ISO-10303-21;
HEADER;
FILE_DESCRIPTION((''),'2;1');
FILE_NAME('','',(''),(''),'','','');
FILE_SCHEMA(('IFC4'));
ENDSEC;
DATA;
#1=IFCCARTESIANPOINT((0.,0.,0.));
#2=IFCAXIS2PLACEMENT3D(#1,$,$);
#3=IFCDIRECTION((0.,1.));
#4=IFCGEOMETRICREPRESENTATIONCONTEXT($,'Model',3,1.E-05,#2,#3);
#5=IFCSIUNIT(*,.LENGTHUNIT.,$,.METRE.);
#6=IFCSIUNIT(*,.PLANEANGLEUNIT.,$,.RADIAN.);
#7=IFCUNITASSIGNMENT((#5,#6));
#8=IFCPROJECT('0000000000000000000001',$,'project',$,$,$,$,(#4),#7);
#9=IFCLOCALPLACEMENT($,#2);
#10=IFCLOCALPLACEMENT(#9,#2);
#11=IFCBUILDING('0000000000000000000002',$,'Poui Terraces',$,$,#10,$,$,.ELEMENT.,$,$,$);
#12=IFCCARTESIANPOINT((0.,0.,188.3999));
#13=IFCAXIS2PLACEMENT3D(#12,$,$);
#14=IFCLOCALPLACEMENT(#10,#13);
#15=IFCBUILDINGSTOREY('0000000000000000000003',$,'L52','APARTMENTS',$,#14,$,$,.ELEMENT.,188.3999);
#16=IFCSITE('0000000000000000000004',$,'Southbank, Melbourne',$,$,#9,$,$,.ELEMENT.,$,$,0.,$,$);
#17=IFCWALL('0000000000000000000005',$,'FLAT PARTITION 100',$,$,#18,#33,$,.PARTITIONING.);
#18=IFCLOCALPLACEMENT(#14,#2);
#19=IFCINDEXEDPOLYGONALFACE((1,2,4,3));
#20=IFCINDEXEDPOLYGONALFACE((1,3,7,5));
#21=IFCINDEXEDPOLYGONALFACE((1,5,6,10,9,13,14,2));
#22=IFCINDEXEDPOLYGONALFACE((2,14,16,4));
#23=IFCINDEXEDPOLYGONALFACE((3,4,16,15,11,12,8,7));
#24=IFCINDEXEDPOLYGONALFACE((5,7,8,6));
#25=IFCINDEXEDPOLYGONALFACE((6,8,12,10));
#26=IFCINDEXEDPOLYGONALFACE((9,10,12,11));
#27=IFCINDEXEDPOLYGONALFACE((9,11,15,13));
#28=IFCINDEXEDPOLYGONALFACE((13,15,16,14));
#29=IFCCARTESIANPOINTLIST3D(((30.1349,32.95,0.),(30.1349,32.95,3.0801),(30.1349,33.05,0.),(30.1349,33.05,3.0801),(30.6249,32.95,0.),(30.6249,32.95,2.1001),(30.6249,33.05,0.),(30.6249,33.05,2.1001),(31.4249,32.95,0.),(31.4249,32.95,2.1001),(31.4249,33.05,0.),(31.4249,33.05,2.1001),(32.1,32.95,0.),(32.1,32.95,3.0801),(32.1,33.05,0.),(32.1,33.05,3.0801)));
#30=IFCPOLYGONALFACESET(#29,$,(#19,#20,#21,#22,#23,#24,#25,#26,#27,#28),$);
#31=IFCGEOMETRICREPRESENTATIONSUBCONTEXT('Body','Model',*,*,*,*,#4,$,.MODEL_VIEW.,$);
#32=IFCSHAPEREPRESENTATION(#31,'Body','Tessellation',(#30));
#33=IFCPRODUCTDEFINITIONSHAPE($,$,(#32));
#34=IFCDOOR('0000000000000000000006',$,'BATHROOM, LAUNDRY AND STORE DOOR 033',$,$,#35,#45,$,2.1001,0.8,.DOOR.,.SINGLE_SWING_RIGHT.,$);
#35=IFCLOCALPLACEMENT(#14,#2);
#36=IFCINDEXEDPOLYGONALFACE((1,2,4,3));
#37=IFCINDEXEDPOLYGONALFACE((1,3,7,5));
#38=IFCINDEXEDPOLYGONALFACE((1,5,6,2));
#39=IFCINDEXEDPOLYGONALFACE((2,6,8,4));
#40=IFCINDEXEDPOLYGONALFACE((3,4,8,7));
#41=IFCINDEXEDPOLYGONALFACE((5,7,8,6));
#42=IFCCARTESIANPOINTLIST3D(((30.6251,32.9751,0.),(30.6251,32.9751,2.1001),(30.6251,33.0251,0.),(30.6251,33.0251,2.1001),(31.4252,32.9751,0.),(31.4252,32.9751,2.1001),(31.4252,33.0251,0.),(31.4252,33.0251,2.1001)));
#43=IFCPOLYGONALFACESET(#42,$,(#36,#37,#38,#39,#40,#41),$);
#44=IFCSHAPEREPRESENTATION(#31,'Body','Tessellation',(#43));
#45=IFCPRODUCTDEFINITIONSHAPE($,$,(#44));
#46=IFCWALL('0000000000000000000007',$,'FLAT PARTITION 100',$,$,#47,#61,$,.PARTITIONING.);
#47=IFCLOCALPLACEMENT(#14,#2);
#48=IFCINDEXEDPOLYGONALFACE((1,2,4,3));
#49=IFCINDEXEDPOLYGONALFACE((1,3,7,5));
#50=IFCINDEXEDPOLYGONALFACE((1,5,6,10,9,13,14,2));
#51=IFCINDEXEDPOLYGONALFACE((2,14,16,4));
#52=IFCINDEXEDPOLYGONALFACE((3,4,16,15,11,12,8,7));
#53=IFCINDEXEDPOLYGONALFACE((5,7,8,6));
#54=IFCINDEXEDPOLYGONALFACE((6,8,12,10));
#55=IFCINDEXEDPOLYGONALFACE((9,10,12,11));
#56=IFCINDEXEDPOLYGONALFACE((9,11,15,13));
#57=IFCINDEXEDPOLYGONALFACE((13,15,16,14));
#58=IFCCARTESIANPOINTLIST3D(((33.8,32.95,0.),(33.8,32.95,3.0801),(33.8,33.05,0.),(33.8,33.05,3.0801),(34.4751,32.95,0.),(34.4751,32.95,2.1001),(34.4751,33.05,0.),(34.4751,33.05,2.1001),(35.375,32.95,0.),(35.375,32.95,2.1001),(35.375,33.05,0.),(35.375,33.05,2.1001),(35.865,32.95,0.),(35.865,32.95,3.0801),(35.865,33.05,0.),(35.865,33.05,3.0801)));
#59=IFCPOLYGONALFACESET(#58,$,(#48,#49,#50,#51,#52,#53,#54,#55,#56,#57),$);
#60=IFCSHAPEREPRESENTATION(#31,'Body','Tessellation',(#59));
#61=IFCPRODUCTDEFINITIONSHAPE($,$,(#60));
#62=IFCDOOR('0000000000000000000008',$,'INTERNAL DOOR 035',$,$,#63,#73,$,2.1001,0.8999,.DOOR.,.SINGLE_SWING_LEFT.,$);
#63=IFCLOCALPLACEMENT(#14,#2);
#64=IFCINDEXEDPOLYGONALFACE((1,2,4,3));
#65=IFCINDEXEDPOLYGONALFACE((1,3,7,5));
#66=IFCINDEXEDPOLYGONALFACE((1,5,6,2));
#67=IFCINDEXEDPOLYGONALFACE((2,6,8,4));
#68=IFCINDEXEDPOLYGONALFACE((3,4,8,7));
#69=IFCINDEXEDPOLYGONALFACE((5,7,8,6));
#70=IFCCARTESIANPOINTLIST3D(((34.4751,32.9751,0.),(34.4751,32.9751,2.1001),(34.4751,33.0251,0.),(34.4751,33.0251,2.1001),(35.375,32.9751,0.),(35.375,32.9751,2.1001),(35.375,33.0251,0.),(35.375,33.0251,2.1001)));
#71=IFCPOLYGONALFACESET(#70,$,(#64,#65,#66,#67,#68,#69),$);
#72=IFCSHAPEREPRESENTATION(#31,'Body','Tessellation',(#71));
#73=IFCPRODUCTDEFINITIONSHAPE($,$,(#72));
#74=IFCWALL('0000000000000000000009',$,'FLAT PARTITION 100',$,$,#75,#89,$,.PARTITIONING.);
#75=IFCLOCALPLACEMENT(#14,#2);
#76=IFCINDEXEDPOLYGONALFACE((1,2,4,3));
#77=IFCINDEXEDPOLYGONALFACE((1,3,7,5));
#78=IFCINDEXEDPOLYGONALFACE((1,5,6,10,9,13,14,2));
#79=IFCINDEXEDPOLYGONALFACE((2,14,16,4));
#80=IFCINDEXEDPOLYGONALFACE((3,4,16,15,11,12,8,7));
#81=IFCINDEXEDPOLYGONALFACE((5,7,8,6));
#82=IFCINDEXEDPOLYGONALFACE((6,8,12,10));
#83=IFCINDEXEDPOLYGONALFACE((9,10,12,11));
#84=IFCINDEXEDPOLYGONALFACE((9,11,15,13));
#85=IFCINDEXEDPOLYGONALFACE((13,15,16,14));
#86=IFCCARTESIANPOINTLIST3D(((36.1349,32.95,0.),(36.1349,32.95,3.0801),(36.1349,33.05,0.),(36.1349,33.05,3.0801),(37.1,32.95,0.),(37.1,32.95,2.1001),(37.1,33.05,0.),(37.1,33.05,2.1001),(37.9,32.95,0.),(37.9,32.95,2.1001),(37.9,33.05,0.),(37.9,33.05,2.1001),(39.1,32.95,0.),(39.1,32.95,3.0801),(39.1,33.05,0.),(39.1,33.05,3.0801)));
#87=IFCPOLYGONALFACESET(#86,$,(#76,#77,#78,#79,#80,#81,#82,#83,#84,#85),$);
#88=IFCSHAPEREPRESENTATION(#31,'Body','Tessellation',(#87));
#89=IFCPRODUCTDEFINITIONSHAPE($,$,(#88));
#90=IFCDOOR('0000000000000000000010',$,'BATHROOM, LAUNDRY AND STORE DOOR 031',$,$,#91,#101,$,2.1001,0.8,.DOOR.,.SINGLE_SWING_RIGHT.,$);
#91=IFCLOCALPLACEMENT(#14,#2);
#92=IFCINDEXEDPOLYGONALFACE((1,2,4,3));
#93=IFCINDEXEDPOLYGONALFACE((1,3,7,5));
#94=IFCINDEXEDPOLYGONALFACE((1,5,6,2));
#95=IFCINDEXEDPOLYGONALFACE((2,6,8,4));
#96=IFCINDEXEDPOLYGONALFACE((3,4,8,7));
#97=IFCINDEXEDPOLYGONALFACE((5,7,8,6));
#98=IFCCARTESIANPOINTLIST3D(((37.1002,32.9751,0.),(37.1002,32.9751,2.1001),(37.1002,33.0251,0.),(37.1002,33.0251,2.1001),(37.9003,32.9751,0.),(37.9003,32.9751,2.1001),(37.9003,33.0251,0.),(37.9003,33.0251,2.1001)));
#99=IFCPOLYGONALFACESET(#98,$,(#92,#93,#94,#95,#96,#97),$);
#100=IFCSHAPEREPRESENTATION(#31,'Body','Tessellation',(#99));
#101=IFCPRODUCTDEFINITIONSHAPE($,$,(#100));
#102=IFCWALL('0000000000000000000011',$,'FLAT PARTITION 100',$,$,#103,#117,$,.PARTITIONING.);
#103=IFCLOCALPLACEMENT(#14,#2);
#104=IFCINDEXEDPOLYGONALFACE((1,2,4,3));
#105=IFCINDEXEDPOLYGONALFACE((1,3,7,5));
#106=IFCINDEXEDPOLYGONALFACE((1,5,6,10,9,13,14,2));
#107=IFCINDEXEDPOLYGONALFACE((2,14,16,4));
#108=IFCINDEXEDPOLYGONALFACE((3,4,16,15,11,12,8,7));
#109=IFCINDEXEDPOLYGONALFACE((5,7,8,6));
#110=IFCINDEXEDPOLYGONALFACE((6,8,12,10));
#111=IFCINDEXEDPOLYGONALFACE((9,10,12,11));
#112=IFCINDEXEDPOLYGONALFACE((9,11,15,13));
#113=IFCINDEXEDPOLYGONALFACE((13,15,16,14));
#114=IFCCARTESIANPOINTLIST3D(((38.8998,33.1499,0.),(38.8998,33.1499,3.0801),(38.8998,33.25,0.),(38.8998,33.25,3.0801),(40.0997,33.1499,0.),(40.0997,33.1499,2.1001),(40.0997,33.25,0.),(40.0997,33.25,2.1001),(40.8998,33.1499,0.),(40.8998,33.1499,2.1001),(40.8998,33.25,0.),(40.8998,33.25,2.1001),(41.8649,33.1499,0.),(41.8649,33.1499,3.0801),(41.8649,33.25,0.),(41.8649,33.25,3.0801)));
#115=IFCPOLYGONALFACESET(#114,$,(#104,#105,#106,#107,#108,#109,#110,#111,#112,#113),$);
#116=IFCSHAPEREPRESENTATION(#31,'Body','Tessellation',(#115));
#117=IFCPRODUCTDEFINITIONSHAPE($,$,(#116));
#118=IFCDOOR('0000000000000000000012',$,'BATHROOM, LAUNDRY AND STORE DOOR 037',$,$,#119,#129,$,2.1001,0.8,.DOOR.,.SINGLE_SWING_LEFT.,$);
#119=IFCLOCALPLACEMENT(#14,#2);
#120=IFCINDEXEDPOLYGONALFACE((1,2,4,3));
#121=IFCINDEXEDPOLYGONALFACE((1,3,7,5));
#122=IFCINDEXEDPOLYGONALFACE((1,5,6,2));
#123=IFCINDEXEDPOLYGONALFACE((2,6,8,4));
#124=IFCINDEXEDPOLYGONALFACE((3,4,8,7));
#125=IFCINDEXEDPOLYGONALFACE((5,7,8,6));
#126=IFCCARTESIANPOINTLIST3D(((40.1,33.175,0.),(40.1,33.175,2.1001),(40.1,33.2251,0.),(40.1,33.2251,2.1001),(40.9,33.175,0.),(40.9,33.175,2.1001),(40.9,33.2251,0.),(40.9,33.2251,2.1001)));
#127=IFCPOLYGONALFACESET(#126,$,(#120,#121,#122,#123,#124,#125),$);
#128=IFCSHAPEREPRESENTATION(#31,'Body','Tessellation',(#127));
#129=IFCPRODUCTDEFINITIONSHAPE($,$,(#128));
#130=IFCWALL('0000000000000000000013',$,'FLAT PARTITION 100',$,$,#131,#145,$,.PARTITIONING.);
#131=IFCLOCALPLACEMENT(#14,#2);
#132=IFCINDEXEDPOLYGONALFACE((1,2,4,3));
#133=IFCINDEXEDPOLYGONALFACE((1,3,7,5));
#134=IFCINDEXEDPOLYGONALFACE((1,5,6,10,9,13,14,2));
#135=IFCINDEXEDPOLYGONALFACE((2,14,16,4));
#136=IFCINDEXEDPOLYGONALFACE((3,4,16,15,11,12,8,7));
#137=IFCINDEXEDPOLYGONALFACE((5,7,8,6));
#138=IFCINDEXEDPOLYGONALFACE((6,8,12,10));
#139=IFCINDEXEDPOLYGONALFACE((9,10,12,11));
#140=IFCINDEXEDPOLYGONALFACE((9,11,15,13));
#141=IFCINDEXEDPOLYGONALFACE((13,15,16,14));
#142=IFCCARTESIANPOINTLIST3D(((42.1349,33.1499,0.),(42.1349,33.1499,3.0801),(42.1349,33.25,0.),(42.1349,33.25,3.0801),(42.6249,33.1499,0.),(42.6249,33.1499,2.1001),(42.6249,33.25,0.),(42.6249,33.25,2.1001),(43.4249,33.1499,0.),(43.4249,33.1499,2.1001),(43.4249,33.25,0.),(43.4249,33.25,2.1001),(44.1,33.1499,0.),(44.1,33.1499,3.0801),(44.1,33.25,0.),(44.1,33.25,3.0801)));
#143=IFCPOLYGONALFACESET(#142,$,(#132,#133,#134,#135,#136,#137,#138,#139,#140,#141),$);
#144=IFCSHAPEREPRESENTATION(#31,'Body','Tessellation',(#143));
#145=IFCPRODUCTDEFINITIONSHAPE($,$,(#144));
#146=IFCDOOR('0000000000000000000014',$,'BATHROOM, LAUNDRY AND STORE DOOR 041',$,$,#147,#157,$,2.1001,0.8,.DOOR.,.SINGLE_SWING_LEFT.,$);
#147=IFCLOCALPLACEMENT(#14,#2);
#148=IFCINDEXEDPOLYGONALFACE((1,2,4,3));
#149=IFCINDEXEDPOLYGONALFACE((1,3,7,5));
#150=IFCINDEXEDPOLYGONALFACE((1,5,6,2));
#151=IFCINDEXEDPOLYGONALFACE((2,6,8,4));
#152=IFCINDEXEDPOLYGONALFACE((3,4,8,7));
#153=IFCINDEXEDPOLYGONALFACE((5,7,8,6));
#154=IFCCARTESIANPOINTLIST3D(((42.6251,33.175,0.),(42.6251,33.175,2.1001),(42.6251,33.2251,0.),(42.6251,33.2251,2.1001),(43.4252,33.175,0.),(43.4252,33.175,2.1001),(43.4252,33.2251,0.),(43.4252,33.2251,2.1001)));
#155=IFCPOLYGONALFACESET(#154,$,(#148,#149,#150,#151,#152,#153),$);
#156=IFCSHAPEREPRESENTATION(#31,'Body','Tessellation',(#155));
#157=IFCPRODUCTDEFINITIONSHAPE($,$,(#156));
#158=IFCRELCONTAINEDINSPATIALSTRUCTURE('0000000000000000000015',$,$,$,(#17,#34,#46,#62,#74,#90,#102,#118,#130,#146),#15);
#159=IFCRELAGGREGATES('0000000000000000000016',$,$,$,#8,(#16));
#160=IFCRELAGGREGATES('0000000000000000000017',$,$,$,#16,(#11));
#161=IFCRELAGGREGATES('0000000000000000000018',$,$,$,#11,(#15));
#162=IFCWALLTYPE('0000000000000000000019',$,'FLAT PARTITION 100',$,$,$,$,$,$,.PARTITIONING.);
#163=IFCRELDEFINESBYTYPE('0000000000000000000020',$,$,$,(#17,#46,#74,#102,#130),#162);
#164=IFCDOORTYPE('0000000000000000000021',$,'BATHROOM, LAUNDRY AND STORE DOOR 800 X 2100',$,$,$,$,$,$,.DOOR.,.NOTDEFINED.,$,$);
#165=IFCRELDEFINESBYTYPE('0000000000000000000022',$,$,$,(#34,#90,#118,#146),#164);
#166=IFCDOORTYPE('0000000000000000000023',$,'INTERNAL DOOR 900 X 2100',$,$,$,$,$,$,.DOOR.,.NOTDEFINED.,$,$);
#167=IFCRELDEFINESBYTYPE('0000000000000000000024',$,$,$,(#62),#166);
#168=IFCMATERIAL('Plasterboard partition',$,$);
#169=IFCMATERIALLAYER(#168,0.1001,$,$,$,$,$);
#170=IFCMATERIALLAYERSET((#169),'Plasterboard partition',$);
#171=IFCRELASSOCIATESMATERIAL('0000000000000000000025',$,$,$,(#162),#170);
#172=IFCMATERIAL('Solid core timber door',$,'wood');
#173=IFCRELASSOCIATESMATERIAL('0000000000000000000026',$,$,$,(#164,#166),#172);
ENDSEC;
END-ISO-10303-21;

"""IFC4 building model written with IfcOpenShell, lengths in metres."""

from ifc_helpers import new_model, si_unit, direction, frame, frame_2d, origin, place, context, subcontext, project, spatial, rectangle, extrude, material, layer, layer_set, type_object, element, fill, save


model = new_model("IFC4")

# Units and contexts
model_context = context("Model", 3, precision=1e-05, world=origin(), true_north=direction((0.0, 1.0)))
body_context = subcontext(model_context, "Body", "Model", "MODEL_VIEW")
ifc_project = project(units=[si_unit("LENGTHUNIT", "METRE"), si_unit("PLANEANGLEUNIT", "RADIAN")], contexts=[model_context])

# Site, building, storey
site_placement = place(None, origin())
site = spatial("IfcSite", under=ifc_project, at=site_placement, Name="Southbank, Melbourne", CompositionType="ELEMENT", RefElevation=0.0)
building_placement = place(site_placement, origin())
building = spatial("IfcBuilding", under=site, at=building_placement, Name="Poui Terraces", CompositionType="ELEMENT")
storey_placement = place(building_placement, frame((0.0, 0.0, 188.3999)))
storey = spatial("IfcBuildingStorey", under=building, at=storey_placement, Name="L52", Description="APARTMENTS", CompositionType="ELEMENT", Elevation=188.3999)

# Walls, openings, doors
ifc_material_1 = material(Name="Plasterboard partition")
ifc_layer_1 = layer(ifc_material_1, 0.1001)
ifc_layer_set_1 = layer_set([ifc_layer_1], Name="Plasterboard partition")
wall_type_1 = type_object("IfcWallType", Name="FLAT PARTITION 100", PredefinedType="PARTITIONING", material=ifc_layer_set_1)
wall_1_placement = place(storey_placement, frame((30.135, 33.0, 0.0), z_axis=(0.0, 0.0, 1.0), x_axis=(1.0, 0.0, 0.0)))
wall_1 = element("IfcWall", 1, at=wall_1_placement, inside=storey, type_object=wall_type_1, Name="FLAT PARTITION 100", PredefinedType="PARTITIONING", context=body_context, shape_type="SweptSolid", body=[
    extrude(rectangle(XDim=1.9651, YDim=0.1001, at=frame_2d((0.9824, 0.0))), origin(), (0.0, 0.0, 1.0), 3.0801),
])
opening_1_placement = place(wall_1_placement, frame((0.49, 0.0, 0.0)))
opening_1 = element("IfcOpeningElement", 2, at=opening_1_placement, cuts=wall_1, PredefinedType="OPENING", context=body_context, shape_type="SweptSolid", body=[
    extrude(rectangle(XDim=0.8, YDim=2.1001, at=frame_2d((0.3999, 1.05))), frame((0.0, 0.0601, 0.0), z_axis=(0.0, -1.0, 0.0), x_axis=(1.0, 0.0, 0.0)), (0.0, 0.0, 1.0), 0.1201),
])
ifc_material_2 = material(Name="Solid core timber door", Category="wood")
door_type_1 = type_object("IfcDoorType", Name="BATHROOM, LAUNDRY AND STORE DOOR 800 X 2100", OperationType="NOTDEFINED", PredefinedType="DOOR", material=ifc_material_2)
door_1_placement = place(opening_1_placement, frame((0.8, 0.0, 0.0), z_axis=(0.0, 0.0, 1.0), x_axis=(-1.0, 0.0, 0.0)))
door_1 = element("IfcDoor", 3, at=door_1_placement, inside=storey, type_object=door_type_1, Name="BATHROOM, LAUNDRY AND STORE DOOR 033", OperationType="SINGLE_SWING_RIGHT", OverallHeight=2.1001, OverallWidth=0.8, PredefinedType="DOOR", context=body_context, shape_type="SweptSolid", body=[
    extrude(rectangle(XDim=0.8, YDim=2.1001, at=frame_2d((0.3999, 1.05))), frame((0.0, 0.0249, 0.0), z_axis=(0.0, -1.0, 0.0), x_axis=(1.0, 0.0, 0.0)), (0.0, 0.0, 1.0), 0.05),
])
fill(opening_1, door_1)
wall_2_placement = place(storey_placement, frame((33.8, 33.0, 0.0), z_axis=(0.0, 0.0, 1.0), x_axis=(1.0, 0.0, 0.0)))
wall_2 = element("IfcWall", 4, at=wall_2_placement, inside=storey, type_object=wall_type_1, Name="FLAT PARTITION 100", PredefinedType="PARTITIONING", context=body_context, shape_type="SweptSolid", body=[
    extrude(rectangle(XDim=2.0649, YDim=0.1001, at=frame_2d((1.0325, 0.0))), origin(), (0.0, 0.0, 1.0), 3.0801),
])
opening_2_placement = place(wall_2_placement, frame((0.675, 0.0, 0.0)))
opening_2 = element("IfcOpeningElement", 5, at=opening_2_placement, cuts=wall_2, PredefinedType="OPENING", context=body_context, shape_type="SweptSolid", body=[
    extrude(rectangle(XDim=0.8999, YDim=2.1001, at=frame_2d((0.45, 1.05))), frame((0.0, 0.0601, 0.0), z_axis=(0.0, -1.0, 0.0), x_axis=(1.0, 0.0, 0.0)), (0.0, 0.0, 1.0), 0.1201),
])
door_type_2 = type_object("IfcDoorType", Name="INTERNAL DOOR 900 X 2100", OperationType="NOTDEFINED", PredefinedType="DOOR", material=ifc_material_2)
door_2_placement = place(opening_2_placement, frame((0.8999, 0.0, 0.0), z_axis=(0.0, 0.0, 1.0), x_axis=(-1.0, 0.0, 0.0)))
door_2 = element("IfcDoor", 6, at=door_2_placement, inside=storey, type_object=door_type_2, Name="INTERNAL DOOR 035", OperationType="SINGLE_SWING_LEFT", OverallHeight=2.1001, OverallWidth=0.8999, PredefinedType="DOOR", context=body_context, shape_type="SweptSolid", body=[
    extrude(rectangle(XDim=0.8999, YDim=2.1001, at=frame_2d((0.45, 1.05))), frame((0.0, 0.0249, 0.0), z_axis=(0.0, -1.0, 0.0), x_axis=(1.0, 0.0, 0.0)), (0.0, 0.0, 1.0), 0.05),
])
fill(opening_2, door_2)
wall_3_placement = place(storey_placement, frame((36.135, 33.0, 0.0), z_axis=(0.0, 0.0, 1.0), x_axis=(1.0, 0.0, 0.0)))
wall_3 = element("IfcWall", 7, at=wall_3_placement, inside=storey, type_object=wall_type_1, Name="FLAT PARTITION 100", PredefinedType="PARTITIONING", context=body_context, shape_type="SweptSolid", body=[
    extrude(rectangle(XDim=2.9651, YDim=0.1001, at=frame_2d((1.4824, 0.0))), origin(), (0.0, 0.0, 1.0), 3.0801),
])
opening_3_placement = place(wall_3_placement, frame((0.9651, 0.0, 0.0)))
opening_3 = element("IfcOpeningElement", 8, at=opening_3_placement, cuts=wall_3, PredefinedType="OPENING", context=body_context, shape_type="SweptSolid", body=[
    extrude(rectangle(XDim=0.8, YDim=2.1001, at=frame_2d((0.3999, 1.05))), frame((0.0, 0.0601, 0.0), z_axis=(0.0, -1.0, 0.0), x_axis=(1.0, 0.0, 0.0)), (0.0, 0.0, 1.0), 0.1201),
])
door_3_placement = place(opening_3_placement, frame((0.8, 0.0, 0.0), z_axis=(0.0, 0.0, 1.0), x_axis=(-1.0, 0.0, 0.0)))
door_3 = element("IfcDoor", 9, at=door_3_placement, inside=storey, type_object=door_type_1, Name="BATHROOM, LAUNDRY AND STORE DOOR 031", OperationType="SINGLE_SWING_RIGHT", OverallHeight=2.1001, OverallWidth=0.8, PredefinedType="DOOR", context=body_context, shape_type="SweptSolid", body=[
    extrude(rectangle(XDim=0.8, YDim=2.1001, at=frame_2d((0.3999, 1.05))), frame((0.0, 0.0249, 0.0), z_axis=(0.0, -1.0, 0.0), x_axis=(1.0, 0.0, 0.0)), (0.0, 0.0, 1.0), 0.05),
])
fill(opening_3, door_3)
wall_4_placement = place(storey_placement, frame((38.8999, 33.2, 0.0), z_axis=(0.0, 0.0, 1.0), x_axis=(1.0, 0.0, 0.0)))
wall_4 = element("IfcWall", 10, at=wall_4_placement, inside=storey, type_object=wall_type_1, Name="FLAT PARTITION 100", PredefinedType="PARTITIONING", context=body_context, shape_type="SweptSolid", body=[
    extrude(rectangle(XDim=2.9651, YDim=0.1001, at=frame_2d((1.4824, 0.0))), origin(), (0.0, 0.0, 1.0), 3.0801),
])
opening_4_placement = place(wall_4_placement, frame((1.2, 0.0, 0.0)))
opening_4 = element("IfcOpeningElement", 11, at=opening_4_placement, cuts=wall_4, PredefinedType="OPENING", context=body_context, shape_type="SweptSolid", body=[
    extrude(rectangle(XDim=0.8, YDim=2.1001, at=frame_2d((0.3999, 1.05))), frame((0.0, 0.0601, 0.0), z_axis=(0.0, -1.0, 0.0), x_axis=(1.0, 0.0, 0.0)), (0.0, 0.0, 1.0), 0.1201),
])
door_4_placement = place(opening_4_placement, frame((0.8, 0.0, 0.0), z_axis=(0.0, 0.0, 1.0), x_axis=(-1.0, 0.0, 0.0)))
door_4 = element("IfcDoor", 12, at=door_4_placement, inside=storey, type_object=door_type_1, Name="BATHROOM, LAUNDRY AND STORE DOOR 037", OperationType="SINGLE_SWING_LEFT", OverallHeight=2.1001, OverallWidth=0.8, PredefinedType="DOOR", context=body_context, shape_type="SweptSolid", body=[
    extrude(rectangle(XDim=0.8, YDim=2.1001, at=frame_2d((0.3999, 1.05))), frame((0.0, 0.0249, 0.0), z_axis=(0.0, -1.0, 0.0), x_axis=(1.0, 0.0, 0.0)), (0.0, 0.0, 1.0), 0.05),
])
fill(opening_4, door_4)
wall_5_placement = place(storey_placement, frame((42.135, 33.2, 0.0), z_axis=(0.0, 0.0, 1.0), x_axis=(1.0, 0.0, 0.0)))
wall_5 = element("IfcWall", 13, at=wall_5_placement, inside=storey, type_object=wall_type_1, Name="FLAT PARTITION 100", PredefinedType="PARTITIONING", context=body_context, shape_type="SweptSolid", body=[
    extrude(rectangle(XDim=1.9651, YDim=0.1001, at=frame_2d((0.9824, 0.0))), origin(), (0.0, 0.0, 1.0), 3.0801),
])
opening_5_placement = place(wall_5_placement, frame((0.49, 0.0, 0.0)))
opening_5 = element("IfcOpeningElement", 14, at=opening_5_placement, cuts=wall_5, PredefinedType="OPENING", context=body_context, shape_type="SweptSolid", body=[
    extrude(rectangle(XDim=0.8, YDim=2.1001, at=frame_2d((0.3999, 1.05))), frame((0.0, 0.0601, 0.0), z_axis=(0.0, -1.0, 0.0), x_axis=(1.0, 0.0, 0.0)), (0.0, 0.0, 1.0), 0.1201),
])
door_5_placement = place(opening_5_placement, frame((0.8, 0.0, 0.0), z_axis=(0.0, 0.0, 1.0), x_axis=(-1.0, 0.0, 0.0)))
door_5 = element("IfcDoor", 15, at=door_5_placement, inside=storey, type_object=door_type_1, Name="BATHROOM, LAUNDRY AND STORE DOOR 041", OperationType="SINGLE_SWING_LEFT", OverallHeight=2.1001, OverallWidth=0.8, PredefinedType="DOOR", context=body_context, shape_type="SweptSolid", body=[
    extrude(rectangle(XDim=0.8, YDim=2.1001, at=frame_2d((0.3999, 1.05))), frame((0.0, 0.0249, 0.0), z_axis=(0.0, -1.0, 0.0), x_axis=(1.0, 0.0, 0.0)), (0.0, 0.0, 1.0), 0.05),
])
fill(opening_5, door_5)

save(model, "model.ifc")
